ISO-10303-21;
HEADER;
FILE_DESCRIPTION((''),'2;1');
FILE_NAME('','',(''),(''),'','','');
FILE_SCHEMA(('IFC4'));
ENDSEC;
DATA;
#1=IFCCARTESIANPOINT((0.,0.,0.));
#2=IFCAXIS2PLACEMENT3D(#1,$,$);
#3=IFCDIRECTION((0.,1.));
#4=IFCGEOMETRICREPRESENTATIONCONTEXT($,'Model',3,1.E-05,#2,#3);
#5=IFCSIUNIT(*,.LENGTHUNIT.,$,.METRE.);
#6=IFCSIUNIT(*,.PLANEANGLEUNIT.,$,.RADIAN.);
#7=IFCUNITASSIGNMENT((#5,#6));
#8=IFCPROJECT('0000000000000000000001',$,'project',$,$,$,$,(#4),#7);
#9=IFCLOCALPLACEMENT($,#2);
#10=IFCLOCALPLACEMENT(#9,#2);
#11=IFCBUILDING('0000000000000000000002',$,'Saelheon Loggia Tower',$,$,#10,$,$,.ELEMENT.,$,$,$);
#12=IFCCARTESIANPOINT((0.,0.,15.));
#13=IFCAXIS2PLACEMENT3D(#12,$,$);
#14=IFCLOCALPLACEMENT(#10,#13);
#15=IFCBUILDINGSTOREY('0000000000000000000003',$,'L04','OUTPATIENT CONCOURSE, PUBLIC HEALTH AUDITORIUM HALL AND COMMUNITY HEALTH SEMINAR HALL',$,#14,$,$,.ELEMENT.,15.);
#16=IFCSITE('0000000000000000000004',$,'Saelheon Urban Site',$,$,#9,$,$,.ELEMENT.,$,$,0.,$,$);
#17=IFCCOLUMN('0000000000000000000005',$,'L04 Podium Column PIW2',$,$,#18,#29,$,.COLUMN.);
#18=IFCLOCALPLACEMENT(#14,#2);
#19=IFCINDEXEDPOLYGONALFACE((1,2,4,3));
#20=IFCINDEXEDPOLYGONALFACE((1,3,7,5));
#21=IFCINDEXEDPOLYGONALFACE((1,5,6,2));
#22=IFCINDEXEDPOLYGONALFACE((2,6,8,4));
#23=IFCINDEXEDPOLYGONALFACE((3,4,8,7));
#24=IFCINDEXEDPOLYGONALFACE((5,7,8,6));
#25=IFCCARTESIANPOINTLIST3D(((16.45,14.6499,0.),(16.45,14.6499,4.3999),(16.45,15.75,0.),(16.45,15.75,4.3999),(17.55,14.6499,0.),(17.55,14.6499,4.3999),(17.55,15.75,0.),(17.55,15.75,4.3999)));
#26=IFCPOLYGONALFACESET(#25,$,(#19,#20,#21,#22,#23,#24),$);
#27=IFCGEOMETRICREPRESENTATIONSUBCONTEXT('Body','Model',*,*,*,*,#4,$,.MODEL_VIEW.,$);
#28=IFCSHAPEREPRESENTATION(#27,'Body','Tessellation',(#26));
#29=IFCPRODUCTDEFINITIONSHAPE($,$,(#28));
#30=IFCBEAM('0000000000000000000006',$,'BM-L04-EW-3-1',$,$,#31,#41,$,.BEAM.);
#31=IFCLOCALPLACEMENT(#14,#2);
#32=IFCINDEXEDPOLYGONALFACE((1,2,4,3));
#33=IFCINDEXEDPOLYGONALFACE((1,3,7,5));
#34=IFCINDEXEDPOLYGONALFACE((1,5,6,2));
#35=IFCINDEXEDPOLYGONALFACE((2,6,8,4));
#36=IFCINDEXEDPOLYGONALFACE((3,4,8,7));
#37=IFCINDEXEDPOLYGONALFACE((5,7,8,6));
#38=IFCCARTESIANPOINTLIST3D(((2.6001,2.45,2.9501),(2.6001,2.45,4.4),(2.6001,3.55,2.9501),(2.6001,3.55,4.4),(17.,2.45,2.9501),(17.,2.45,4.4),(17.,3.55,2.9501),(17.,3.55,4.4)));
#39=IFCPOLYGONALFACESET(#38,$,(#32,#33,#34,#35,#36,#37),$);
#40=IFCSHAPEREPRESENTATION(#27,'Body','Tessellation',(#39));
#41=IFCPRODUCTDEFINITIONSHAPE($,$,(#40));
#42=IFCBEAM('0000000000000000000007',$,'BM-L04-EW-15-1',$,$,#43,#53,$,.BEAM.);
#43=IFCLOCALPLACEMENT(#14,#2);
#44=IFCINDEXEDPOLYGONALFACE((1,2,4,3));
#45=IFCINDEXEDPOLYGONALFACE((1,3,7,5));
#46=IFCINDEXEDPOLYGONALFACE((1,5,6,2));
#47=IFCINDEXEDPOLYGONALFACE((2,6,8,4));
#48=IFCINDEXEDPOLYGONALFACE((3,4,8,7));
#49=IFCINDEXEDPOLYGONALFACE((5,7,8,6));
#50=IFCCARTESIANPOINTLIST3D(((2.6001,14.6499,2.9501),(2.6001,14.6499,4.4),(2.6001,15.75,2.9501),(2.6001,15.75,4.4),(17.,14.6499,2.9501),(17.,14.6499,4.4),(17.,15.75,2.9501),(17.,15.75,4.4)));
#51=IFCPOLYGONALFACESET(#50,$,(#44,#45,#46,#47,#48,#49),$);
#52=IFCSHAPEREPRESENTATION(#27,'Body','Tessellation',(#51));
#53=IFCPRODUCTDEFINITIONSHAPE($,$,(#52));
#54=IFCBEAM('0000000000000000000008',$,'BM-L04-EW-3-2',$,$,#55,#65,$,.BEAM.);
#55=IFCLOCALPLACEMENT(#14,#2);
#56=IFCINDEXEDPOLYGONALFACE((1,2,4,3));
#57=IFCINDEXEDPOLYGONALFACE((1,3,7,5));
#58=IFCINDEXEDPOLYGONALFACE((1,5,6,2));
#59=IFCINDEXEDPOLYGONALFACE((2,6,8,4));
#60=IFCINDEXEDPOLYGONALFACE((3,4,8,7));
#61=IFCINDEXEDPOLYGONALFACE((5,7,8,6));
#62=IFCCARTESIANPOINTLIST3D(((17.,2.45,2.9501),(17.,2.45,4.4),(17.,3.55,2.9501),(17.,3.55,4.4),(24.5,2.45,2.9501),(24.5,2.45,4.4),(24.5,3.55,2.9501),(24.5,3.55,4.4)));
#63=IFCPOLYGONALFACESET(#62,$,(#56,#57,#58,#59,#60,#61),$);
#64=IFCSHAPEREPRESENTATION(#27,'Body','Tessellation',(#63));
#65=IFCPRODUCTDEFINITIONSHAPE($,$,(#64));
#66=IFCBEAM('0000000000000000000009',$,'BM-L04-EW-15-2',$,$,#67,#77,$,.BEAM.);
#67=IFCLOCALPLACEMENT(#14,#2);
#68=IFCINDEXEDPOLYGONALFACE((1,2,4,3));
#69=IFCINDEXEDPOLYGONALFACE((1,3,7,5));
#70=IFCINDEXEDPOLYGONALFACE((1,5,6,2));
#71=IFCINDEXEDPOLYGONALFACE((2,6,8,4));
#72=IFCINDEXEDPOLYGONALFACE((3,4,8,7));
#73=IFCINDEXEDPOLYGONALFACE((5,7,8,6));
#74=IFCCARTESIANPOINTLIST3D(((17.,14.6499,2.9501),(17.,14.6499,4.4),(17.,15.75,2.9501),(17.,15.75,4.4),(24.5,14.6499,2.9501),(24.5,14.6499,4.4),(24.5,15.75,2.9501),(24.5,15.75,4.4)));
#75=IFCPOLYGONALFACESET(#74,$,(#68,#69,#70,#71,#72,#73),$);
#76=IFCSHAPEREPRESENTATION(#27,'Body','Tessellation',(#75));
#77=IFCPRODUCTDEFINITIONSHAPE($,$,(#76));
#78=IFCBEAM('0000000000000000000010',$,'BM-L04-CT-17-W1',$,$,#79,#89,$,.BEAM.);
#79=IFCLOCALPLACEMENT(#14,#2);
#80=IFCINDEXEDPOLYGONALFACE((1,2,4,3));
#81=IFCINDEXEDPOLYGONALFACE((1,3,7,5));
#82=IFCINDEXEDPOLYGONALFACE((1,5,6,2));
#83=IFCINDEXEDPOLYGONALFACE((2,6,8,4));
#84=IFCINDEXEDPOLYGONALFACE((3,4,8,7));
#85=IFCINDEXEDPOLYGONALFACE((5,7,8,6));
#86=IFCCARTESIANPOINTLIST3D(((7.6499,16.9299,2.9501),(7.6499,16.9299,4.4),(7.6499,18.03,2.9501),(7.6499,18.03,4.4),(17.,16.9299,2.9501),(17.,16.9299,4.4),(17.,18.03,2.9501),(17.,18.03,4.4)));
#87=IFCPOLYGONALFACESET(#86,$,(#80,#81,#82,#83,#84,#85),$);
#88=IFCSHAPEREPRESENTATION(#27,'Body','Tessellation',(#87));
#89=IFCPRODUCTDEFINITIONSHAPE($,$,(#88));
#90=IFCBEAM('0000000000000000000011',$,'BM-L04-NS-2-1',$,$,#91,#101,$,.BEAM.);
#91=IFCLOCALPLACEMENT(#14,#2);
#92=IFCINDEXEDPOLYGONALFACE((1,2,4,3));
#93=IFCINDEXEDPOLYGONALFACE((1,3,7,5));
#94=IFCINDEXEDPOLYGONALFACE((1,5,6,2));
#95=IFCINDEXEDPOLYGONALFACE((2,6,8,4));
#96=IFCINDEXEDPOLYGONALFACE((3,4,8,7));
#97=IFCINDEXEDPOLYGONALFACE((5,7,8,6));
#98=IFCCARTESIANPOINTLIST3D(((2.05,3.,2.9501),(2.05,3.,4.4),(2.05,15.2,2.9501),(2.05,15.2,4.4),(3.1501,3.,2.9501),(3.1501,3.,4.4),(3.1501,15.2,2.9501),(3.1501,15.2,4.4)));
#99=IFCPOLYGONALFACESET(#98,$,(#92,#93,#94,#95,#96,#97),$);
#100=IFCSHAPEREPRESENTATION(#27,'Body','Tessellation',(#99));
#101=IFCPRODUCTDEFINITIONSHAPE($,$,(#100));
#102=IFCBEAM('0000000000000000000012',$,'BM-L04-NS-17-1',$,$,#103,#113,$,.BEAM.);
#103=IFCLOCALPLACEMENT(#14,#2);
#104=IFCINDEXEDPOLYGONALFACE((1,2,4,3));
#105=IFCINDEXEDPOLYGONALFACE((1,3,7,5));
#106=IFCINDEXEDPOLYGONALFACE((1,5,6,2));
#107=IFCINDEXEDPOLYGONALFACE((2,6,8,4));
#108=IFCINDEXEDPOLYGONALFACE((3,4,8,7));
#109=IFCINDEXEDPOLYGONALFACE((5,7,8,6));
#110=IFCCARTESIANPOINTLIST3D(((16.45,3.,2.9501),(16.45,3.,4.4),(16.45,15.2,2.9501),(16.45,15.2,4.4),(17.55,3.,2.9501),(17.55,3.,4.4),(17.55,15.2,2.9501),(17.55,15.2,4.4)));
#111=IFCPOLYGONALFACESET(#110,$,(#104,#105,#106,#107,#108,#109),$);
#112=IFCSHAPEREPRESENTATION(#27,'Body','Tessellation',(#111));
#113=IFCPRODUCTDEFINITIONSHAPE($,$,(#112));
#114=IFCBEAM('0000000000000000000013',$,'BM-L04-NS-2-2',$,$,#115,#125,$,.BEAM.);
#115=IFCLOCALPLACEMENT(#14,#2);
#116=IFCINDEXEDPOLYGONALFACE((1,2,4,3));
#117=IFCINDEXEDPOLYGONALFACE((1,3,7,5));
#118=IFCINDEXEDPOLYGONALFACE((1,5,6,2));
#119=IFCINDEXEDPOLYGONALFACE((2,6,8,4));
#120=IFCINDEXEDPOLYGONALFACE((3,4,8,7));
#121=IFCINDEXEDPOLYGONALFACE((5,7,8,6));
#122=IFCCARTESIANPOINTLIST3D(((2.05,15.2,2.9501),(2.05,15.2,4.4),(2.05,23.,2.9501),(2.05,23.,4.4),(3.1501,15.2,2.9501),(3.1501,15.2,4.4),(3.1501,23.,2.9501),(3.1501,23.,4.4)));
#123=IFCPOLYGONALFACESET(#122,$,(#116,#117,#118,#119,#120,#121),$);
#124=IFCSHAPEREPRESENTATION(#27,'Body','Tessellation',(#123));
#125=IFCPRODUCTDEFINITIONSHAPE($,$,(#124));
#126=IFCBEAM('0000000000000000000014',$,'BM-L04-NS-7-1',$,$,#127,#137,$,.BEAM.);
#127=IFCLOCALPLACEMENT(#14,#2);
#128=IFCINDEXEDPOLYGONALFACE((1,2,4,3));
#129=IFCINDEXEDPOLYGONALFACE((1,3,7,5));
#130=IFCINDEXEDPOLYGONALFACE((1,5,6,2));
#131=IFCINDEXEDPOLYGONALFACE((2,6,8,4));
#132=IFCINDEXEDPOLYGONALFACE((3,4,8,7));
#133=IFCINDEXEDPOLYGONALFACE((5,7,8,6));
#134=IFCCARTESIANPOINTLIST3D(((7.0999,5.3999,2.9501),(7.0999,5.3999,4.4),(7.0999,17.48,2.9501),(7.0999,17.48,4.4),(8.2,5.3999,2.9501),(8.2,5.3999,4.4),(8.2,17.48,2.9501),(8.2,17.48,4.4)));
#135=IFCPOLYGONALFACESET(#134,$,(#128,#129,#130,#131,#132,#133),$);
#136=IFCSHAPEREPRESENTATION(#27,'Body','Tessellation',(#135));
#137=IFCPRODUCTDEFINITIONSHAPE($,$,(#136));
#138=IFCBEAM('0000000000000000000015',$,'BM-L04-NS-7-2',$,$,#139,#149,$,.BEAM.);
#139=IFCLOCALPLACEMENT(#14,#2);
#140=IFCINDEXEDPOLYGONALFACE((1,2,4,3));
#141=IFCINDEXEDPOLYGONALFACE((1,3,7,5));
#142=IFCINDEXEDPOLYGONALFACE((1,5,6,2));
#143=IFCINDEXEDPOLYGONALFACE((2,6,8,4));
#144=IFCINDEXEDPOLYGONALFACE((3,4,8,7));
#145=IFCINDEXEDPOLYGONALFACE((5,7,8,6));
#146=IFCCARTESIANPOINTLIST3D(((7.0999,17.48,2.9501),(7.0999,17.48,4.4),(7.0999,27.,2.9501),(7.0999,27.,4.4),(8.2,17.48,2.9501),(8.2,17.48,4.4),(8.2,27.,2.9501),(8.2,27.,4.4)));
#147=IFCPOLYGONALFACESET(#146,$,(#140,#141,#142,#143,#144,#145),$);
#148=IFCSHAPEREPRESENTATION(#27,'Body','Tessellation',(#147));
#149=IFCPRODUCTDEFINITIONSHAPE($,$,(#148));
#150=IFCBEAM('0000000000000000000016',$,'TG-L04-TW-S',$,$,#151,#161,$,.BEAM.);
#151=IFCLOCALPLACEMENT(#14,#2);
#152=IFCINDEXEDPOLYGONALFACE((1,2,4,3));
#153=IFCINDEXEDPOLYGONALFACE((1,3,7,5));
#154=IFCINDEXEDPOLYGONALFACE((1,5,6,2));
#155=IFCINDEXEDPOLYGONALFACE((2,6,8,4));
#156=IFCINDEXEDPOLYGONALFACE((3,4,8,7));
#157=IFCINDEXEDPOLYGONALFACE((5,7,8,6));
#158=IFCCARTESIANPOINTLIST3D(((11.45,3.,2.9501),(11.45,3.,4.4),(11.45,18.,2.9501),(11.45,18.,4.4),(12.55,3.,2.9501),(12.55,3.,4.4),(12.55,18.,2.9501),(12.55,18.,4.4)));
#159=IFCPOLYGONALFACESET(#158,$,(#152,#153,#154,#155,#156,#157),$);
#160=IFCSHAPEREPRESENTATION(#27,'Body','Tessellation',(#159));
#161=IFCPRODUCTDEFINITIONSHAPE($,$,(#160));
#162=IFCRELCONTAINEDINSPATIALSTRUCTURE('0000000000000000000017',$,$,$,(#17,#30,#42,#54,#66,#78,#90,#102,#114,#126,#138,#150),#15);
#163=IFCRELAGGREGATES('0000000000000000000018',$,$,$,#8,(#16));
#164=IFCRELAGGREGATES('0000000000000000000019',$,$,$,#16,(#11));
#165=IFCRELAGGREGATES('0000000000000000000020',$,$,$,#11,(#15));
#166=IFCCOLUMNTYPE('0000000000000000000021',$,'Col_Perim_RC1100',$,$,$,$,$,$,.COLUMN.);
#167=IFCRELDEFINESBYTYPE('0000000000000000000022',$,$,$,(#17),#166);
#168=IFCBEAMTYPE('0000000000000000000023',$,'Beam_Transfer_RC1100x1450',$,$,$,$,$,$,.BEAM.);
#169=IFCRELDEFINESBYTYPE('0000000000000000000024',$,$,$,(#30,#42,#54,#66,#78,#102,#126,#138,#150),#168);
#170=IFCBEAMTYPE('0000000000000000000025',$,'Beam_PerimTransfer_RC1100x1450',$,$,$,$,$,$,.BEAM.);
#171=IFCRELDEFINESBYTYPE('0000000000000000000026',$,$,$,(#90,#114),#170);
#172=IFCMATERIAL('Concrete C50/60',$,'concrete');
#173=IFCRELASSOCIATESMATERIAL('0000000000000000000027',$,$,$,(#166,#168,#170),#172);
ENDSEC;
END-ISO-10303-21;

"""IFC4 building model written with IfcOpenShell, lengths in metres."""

from ifc_helpers import new_model, si_unit, direction, frame, origin, origin_2d, place, context, subcontext, project, spatial, rectangle, extrude, source, transform, mapped, material, material_profile, profile_set, type_object, element, save


model = new_model("IFC4")

# Units and contexts
model_context = context("Model", 3, precision=1e-05, world=origin(), true_north=direction((0.0, 1.0)))
body_context = subcontext(model_context, "Body", "Model", "MODEL_VIEW")
ifc_project = project(units=[si_unit("LENGTHUNIT", "METRE"), si_unit("PLANEANGLEUNIT", "RADIAN")], contexts=[model_context])

# Site, building, storey
site_placement = place(None, origin())
site = spatial("IfcSite", under=ifc_project, at=site_placement, Name="Saelheon Urban Site", CompositionType="ELEMENT", RefElevation=0.0)
building_placement = place(site_placement, origin())
building = spatial("IfcBuilding", under=site, at=building_placement, Name="Saelheon Loggia Tower", CompositionType="ELEMENT")
storey_placement = place(building_placement, frame((0.0, 0.0, 15.0)))
storey = spatial("IfcBuildingStorey", under=building, at=storey_placement, Name="L04", Description="OUTPATIENT CONCOURSE, PUBLIC HEALTH AUDITORIUM HALL AND COMMUNITY HEALTH SEMINAR HALL", CompositionType="ELEMENT", Elevation=15.0)

# Column
ifc_material_1 = material(Name="Concrete C50/60", Category="concrete")
ifc_material_profile_1 = material_profile(ifc_material_1, rectangle(XDim=1.1001, YDim=1.1001, at=origin_2d()), Name="RC-1100x1100")
ifc_profile_set_1 = profile_set([ifc_material_profile_1], Name="Concrete C50/60")
column_type_1 = type_object("IfcColumnType", Name="Col_Perim_RC1100", PredefinedType="COLUMN", material=ifc_profile_set_1)
shared_shape_1 = source(origin(), body_context, "Body", "SweptSolid", [
    extrude(rectangle(XDim=1.1001, YDim=1.1001, at=origin_2d()), origin(), (0.0, 0.0, 1.0), 4.3999),
])
for number, where, z_axis, x_axis, name in (
    (1, (17.0, 15.2, 0.0), (0.0, 0.0, 1.0), (1.0, 0.0, 0.0), "L04 Podium Column PIW2"),
):
    element("IfcColumn", number, at=place(storey_placement, frame(where, z_axis=z_axis, x_axis=x_axis)), inside=storey, type_object=column_type_1, Name=name, PredefinedType="COLUMN", context=body_context, shape_type="MappedRepresentation", body=[
        mapped(shared_shape_1, transform((0.0, 0.0, 0.0), scale=1.0)),
    ])

# Beams
ifc_material_profile_2 = material_profile(ifc_material_1, rectangle(XDim=1.1001, YDim=1.45, at=origin_2d()), Name="RC-1100x1450")
ifc_profile_set_2 = profile_set([ifc_material_profile_2], Name="Concrete C50/60")
beam_type_1 = type_object("IfcBeamType", Name="Beam_Transfer_RC1100x1450", PredefinedType="BEAM", material=ifc_profile_set_2)
shared_shape_2 = source(origin(), body_context, "Body", "SweptSolid", [
    extrude(rectangle(XDim=1.1001, YDim=1.45, at=origin_2d()), origin(), (0.0, 0.0, 1.0), 14.3999),
])
for number, where, z_axis, x_axis, name in (
    (2, (2.6001, 3.0, 3.675), (1.0, 0.0, 0.0), (0.0, 1.0, 0.0), "BM-L04-EW-3-1"),
    (3, (2.6001, 15.2, 3.675), (1.0, 0.0, 0.0), (0.0, 1.0, 0.0), "BM-L04-EW-15-1"),
):
    element("IfcBeam", number, at=place(storey_placement, frame(where, z_axis=z_axis, x_axis=x_axis)), inside=storey, type_object=beam_type_1, Name=name, PredefinedType="BEAM", context=body_context, shape_type="MappedRepresentation", body=[
        mapped(shared_shape_2, transform((0.0, 0.0, 0.0), scale=1.0)),
    ])
shared_shape_3 = source(origin(), body_context, "Body", "SweptSolid", [
    extrude(rectangle(XDim=1.1001, YDim=1.45, at=origin_2d()), origin(), (0.0, 0.0, 1.0), 7.5),
])
for number, where, z_axis, x_axis, name in (
    (4, (17.0, 3.0, 3.675), (1.0, 0.0, 0.0), (0.0, 1.0, 0.0), "BM-L04-EW-3-2"),
    (5, (17.0, 15.2, 3.675), (1.0, 0.0, 0.0), (0.0, 1.0, 0.0), "BM-L04-EW-15-2"),
):
    element("IfcBeam", number, at=place(storey_placement, frame(where, z_axis=z_axis, x_axis=x_axis)), inside=storey, type_object=beam_type_1, Name=name, PredefinedType="BEAM", context=body_context, shape_type="MappedRepresentation", body=[
        mapped(shared_shape_3, transform((0.0, 0.0, 0.0), scale=1.0)),
    ])
shared_shape_4 = source(origin(), body_context, "Body", "SweptSolid", [
    extrude(rectangle(XDim=1.1001, YDim=1.45, at=origin_2d()), origin(), (0.0, 0.0, 1.0), 9.3501),
])
beam_1_placement = place(storey_placement, frame((7.6499, 17.48, 3.675), z_axis=(1.0, 0.0, 0.0), x_axis=(0.0, 1.0, 0.0)))
element("IfcBeam", 6, at=beam_1_placement, inside=storey, type_object=beam_type_1, Name="BM-L04-CT-17-W1", PredefinedType="BEAM", context=body_context, shape_type="MappedRepresentation", body=[
    mapped(shared_shape_4, transform((0.0, 0.0, 0.0), scale=1.0)),
])
ifc_material_profile_3 = material_profile(ifc_material_1, rectangle(XDim=1.1001, YDim=1.45, at=origin_2d()), Name="RC-1100x1450")
ifc_profile_set_3 = profile_set([ifc_material_profile_3], Name="Concrete C50/60")
beam_type_2 = type_object("IfcBeamType", Name="Beam_PerimTransfer_RC1100x1450", PredefinedType="BEAM", material=ifc_profile_set_3)
shared_shape_5 = source(origin(), body_context, "Body", "SweptSolid", [
    extrude(rectangle(XDim=1.1001, YDim=1.45, at=origin_2d()), origin(), (0.0, 0.0, 1.0), 12.2),
])
beam_2_placement = place(storey_placement, frame((2.6001, 3.0, 3.675), z_axis=(0.0, 1.0, 0.0), x_axis=(-1.0, 0.0, 0.0)))
element("IfcBeam", 7, at=beam_2_placement, inside=storey, type_object=beam_type_2, Name="BM-L04-NS-2-1", PredefinedType="BEAM", context=body_context, shape_type="MappedRepresentation", body=[
    mapped(shared_shape_5, transform((0.0, 0.0, 0.0), scale=1.0)),
])
beam_3_placement = place(storey_placement, frame((17.0, 3.0, 3.675), z_axis=(0.0, 1.0, 0.0), x_axis=(-1.0, 0.0, 0.0)))
element("IfcBeam", 8, at=beam_3_placement, inside=storey, type_object=beam_type_1, Name="BM-L04-NS-17-1", PredefinedType="BEAM", context=body_context, shape_type="MappedRepresentation", body=[
    mapped(shared_shape_5, transform((0.0, 0.0, 0.0), scale=1.0)),
])
shared_shape_6 = source(origin(), body_context, "Body", "SweptSolid", [
    extrude(rectangle(XDim=1.1001, YDim=1.45, at=origin_2d()), origin(), (0.0, 0.0, 1.0), 7.8),
])
beam_4_placement = place(storey_placement, frame((2.6001, 15.2, 3.675), z_axis=(0.0, 1.0, 0.0), x_axis=(-1.0, 0.0, 0.0)))
element("IfcBeam", 9, at=beam_4_placement, inside=storey, type_object=beam_type_2, Name="BM-L04-NS-2-2", PredefinedType="BEAM", context=body_context, shape_type="MappedRepresentation", body=[
    mapped(shared_shape_6, transform((0.0, 0.0, 0.0), scale=1.0)),
])
shared_shape_7 = source(origin(), body_context, "Body", "SweptSolid", [
    extrude(rectangle(XDim=1.1001, YDim=1.45, at=origin_2d()), origin(), (0.0, 0.0, 1.0), 12.0801),
])
beam_5_placement = place(storey_placement, frame((7.6499, 5.3999, 3.675), z_axis=(0.0, 1.0, 0.0), x_axis=(-1.0, 0.0, 0.0)))
element("IfcBeam", 10, at=beam_5_placement, inside=storey, type_object=beam_type_1, Name="BM-L04-NS-7-1", PredefinedType="BEAM", context=body_context, shape_type="MappedRepresentation", body=[
    mapped(shared_shape_7, transform((0.0, 0.0, 0.0), scale=1.0)),
])
shared_shape_8 = source(origin(), body_context, "Body", "SweptSolid", [
    extrude(rectangle(XDim=1.1001, YDim=1.45, at=origin_2d()), origin(), (0.0, 0.0, 1.0), 9.52),
])
beam_6_placement = place(storey_placement, frame((7.6499, 17.48, 3.675), z_axis=(0.0, 1.0, 0.0), x_axis=(-1.0, 0.0, 0.0)))
element("IfcBeam", 11, at=beam_6_placement, inside=storey, type_object=beam_type_1, Name="BM-L04-NS-7-2", PredefinedType="BEAM", context=body_context, shape_type="MappedRepresentation", body=[
    mapped(shared_shape_8, transform((0.0, 0.0, 0.0), scale=1.0)),
])
shared_shape_9 = source(origin(), body_context, "Body", "SweptSolid", [
    extrude(rectangle(XDim=1.1001, YDim=1.45, at=origin_2d()), origin(), (0.0, 0.0, 1.0), 15.0),
])
beam_7_placement = place(storey_placement, frame((12.0, 3.0, 3.675), z_axis=(0.0, 1.0, 0.0), x_axis=(-1.0, 0.0, 0.0)))
element("IfcBeam", 12, at=beam_7_placement, inside=storey, type_object=beam_type_1, Name="TG-L04-TW-S", PredefinedType="BEAM", context=body_context, shape_type="MappedRepresentation", body=[
    mapped(shared_shape_9, transform((0.0, 0.0, 0.0), scale=1.0)),
])

save(model, "model.ifc")
